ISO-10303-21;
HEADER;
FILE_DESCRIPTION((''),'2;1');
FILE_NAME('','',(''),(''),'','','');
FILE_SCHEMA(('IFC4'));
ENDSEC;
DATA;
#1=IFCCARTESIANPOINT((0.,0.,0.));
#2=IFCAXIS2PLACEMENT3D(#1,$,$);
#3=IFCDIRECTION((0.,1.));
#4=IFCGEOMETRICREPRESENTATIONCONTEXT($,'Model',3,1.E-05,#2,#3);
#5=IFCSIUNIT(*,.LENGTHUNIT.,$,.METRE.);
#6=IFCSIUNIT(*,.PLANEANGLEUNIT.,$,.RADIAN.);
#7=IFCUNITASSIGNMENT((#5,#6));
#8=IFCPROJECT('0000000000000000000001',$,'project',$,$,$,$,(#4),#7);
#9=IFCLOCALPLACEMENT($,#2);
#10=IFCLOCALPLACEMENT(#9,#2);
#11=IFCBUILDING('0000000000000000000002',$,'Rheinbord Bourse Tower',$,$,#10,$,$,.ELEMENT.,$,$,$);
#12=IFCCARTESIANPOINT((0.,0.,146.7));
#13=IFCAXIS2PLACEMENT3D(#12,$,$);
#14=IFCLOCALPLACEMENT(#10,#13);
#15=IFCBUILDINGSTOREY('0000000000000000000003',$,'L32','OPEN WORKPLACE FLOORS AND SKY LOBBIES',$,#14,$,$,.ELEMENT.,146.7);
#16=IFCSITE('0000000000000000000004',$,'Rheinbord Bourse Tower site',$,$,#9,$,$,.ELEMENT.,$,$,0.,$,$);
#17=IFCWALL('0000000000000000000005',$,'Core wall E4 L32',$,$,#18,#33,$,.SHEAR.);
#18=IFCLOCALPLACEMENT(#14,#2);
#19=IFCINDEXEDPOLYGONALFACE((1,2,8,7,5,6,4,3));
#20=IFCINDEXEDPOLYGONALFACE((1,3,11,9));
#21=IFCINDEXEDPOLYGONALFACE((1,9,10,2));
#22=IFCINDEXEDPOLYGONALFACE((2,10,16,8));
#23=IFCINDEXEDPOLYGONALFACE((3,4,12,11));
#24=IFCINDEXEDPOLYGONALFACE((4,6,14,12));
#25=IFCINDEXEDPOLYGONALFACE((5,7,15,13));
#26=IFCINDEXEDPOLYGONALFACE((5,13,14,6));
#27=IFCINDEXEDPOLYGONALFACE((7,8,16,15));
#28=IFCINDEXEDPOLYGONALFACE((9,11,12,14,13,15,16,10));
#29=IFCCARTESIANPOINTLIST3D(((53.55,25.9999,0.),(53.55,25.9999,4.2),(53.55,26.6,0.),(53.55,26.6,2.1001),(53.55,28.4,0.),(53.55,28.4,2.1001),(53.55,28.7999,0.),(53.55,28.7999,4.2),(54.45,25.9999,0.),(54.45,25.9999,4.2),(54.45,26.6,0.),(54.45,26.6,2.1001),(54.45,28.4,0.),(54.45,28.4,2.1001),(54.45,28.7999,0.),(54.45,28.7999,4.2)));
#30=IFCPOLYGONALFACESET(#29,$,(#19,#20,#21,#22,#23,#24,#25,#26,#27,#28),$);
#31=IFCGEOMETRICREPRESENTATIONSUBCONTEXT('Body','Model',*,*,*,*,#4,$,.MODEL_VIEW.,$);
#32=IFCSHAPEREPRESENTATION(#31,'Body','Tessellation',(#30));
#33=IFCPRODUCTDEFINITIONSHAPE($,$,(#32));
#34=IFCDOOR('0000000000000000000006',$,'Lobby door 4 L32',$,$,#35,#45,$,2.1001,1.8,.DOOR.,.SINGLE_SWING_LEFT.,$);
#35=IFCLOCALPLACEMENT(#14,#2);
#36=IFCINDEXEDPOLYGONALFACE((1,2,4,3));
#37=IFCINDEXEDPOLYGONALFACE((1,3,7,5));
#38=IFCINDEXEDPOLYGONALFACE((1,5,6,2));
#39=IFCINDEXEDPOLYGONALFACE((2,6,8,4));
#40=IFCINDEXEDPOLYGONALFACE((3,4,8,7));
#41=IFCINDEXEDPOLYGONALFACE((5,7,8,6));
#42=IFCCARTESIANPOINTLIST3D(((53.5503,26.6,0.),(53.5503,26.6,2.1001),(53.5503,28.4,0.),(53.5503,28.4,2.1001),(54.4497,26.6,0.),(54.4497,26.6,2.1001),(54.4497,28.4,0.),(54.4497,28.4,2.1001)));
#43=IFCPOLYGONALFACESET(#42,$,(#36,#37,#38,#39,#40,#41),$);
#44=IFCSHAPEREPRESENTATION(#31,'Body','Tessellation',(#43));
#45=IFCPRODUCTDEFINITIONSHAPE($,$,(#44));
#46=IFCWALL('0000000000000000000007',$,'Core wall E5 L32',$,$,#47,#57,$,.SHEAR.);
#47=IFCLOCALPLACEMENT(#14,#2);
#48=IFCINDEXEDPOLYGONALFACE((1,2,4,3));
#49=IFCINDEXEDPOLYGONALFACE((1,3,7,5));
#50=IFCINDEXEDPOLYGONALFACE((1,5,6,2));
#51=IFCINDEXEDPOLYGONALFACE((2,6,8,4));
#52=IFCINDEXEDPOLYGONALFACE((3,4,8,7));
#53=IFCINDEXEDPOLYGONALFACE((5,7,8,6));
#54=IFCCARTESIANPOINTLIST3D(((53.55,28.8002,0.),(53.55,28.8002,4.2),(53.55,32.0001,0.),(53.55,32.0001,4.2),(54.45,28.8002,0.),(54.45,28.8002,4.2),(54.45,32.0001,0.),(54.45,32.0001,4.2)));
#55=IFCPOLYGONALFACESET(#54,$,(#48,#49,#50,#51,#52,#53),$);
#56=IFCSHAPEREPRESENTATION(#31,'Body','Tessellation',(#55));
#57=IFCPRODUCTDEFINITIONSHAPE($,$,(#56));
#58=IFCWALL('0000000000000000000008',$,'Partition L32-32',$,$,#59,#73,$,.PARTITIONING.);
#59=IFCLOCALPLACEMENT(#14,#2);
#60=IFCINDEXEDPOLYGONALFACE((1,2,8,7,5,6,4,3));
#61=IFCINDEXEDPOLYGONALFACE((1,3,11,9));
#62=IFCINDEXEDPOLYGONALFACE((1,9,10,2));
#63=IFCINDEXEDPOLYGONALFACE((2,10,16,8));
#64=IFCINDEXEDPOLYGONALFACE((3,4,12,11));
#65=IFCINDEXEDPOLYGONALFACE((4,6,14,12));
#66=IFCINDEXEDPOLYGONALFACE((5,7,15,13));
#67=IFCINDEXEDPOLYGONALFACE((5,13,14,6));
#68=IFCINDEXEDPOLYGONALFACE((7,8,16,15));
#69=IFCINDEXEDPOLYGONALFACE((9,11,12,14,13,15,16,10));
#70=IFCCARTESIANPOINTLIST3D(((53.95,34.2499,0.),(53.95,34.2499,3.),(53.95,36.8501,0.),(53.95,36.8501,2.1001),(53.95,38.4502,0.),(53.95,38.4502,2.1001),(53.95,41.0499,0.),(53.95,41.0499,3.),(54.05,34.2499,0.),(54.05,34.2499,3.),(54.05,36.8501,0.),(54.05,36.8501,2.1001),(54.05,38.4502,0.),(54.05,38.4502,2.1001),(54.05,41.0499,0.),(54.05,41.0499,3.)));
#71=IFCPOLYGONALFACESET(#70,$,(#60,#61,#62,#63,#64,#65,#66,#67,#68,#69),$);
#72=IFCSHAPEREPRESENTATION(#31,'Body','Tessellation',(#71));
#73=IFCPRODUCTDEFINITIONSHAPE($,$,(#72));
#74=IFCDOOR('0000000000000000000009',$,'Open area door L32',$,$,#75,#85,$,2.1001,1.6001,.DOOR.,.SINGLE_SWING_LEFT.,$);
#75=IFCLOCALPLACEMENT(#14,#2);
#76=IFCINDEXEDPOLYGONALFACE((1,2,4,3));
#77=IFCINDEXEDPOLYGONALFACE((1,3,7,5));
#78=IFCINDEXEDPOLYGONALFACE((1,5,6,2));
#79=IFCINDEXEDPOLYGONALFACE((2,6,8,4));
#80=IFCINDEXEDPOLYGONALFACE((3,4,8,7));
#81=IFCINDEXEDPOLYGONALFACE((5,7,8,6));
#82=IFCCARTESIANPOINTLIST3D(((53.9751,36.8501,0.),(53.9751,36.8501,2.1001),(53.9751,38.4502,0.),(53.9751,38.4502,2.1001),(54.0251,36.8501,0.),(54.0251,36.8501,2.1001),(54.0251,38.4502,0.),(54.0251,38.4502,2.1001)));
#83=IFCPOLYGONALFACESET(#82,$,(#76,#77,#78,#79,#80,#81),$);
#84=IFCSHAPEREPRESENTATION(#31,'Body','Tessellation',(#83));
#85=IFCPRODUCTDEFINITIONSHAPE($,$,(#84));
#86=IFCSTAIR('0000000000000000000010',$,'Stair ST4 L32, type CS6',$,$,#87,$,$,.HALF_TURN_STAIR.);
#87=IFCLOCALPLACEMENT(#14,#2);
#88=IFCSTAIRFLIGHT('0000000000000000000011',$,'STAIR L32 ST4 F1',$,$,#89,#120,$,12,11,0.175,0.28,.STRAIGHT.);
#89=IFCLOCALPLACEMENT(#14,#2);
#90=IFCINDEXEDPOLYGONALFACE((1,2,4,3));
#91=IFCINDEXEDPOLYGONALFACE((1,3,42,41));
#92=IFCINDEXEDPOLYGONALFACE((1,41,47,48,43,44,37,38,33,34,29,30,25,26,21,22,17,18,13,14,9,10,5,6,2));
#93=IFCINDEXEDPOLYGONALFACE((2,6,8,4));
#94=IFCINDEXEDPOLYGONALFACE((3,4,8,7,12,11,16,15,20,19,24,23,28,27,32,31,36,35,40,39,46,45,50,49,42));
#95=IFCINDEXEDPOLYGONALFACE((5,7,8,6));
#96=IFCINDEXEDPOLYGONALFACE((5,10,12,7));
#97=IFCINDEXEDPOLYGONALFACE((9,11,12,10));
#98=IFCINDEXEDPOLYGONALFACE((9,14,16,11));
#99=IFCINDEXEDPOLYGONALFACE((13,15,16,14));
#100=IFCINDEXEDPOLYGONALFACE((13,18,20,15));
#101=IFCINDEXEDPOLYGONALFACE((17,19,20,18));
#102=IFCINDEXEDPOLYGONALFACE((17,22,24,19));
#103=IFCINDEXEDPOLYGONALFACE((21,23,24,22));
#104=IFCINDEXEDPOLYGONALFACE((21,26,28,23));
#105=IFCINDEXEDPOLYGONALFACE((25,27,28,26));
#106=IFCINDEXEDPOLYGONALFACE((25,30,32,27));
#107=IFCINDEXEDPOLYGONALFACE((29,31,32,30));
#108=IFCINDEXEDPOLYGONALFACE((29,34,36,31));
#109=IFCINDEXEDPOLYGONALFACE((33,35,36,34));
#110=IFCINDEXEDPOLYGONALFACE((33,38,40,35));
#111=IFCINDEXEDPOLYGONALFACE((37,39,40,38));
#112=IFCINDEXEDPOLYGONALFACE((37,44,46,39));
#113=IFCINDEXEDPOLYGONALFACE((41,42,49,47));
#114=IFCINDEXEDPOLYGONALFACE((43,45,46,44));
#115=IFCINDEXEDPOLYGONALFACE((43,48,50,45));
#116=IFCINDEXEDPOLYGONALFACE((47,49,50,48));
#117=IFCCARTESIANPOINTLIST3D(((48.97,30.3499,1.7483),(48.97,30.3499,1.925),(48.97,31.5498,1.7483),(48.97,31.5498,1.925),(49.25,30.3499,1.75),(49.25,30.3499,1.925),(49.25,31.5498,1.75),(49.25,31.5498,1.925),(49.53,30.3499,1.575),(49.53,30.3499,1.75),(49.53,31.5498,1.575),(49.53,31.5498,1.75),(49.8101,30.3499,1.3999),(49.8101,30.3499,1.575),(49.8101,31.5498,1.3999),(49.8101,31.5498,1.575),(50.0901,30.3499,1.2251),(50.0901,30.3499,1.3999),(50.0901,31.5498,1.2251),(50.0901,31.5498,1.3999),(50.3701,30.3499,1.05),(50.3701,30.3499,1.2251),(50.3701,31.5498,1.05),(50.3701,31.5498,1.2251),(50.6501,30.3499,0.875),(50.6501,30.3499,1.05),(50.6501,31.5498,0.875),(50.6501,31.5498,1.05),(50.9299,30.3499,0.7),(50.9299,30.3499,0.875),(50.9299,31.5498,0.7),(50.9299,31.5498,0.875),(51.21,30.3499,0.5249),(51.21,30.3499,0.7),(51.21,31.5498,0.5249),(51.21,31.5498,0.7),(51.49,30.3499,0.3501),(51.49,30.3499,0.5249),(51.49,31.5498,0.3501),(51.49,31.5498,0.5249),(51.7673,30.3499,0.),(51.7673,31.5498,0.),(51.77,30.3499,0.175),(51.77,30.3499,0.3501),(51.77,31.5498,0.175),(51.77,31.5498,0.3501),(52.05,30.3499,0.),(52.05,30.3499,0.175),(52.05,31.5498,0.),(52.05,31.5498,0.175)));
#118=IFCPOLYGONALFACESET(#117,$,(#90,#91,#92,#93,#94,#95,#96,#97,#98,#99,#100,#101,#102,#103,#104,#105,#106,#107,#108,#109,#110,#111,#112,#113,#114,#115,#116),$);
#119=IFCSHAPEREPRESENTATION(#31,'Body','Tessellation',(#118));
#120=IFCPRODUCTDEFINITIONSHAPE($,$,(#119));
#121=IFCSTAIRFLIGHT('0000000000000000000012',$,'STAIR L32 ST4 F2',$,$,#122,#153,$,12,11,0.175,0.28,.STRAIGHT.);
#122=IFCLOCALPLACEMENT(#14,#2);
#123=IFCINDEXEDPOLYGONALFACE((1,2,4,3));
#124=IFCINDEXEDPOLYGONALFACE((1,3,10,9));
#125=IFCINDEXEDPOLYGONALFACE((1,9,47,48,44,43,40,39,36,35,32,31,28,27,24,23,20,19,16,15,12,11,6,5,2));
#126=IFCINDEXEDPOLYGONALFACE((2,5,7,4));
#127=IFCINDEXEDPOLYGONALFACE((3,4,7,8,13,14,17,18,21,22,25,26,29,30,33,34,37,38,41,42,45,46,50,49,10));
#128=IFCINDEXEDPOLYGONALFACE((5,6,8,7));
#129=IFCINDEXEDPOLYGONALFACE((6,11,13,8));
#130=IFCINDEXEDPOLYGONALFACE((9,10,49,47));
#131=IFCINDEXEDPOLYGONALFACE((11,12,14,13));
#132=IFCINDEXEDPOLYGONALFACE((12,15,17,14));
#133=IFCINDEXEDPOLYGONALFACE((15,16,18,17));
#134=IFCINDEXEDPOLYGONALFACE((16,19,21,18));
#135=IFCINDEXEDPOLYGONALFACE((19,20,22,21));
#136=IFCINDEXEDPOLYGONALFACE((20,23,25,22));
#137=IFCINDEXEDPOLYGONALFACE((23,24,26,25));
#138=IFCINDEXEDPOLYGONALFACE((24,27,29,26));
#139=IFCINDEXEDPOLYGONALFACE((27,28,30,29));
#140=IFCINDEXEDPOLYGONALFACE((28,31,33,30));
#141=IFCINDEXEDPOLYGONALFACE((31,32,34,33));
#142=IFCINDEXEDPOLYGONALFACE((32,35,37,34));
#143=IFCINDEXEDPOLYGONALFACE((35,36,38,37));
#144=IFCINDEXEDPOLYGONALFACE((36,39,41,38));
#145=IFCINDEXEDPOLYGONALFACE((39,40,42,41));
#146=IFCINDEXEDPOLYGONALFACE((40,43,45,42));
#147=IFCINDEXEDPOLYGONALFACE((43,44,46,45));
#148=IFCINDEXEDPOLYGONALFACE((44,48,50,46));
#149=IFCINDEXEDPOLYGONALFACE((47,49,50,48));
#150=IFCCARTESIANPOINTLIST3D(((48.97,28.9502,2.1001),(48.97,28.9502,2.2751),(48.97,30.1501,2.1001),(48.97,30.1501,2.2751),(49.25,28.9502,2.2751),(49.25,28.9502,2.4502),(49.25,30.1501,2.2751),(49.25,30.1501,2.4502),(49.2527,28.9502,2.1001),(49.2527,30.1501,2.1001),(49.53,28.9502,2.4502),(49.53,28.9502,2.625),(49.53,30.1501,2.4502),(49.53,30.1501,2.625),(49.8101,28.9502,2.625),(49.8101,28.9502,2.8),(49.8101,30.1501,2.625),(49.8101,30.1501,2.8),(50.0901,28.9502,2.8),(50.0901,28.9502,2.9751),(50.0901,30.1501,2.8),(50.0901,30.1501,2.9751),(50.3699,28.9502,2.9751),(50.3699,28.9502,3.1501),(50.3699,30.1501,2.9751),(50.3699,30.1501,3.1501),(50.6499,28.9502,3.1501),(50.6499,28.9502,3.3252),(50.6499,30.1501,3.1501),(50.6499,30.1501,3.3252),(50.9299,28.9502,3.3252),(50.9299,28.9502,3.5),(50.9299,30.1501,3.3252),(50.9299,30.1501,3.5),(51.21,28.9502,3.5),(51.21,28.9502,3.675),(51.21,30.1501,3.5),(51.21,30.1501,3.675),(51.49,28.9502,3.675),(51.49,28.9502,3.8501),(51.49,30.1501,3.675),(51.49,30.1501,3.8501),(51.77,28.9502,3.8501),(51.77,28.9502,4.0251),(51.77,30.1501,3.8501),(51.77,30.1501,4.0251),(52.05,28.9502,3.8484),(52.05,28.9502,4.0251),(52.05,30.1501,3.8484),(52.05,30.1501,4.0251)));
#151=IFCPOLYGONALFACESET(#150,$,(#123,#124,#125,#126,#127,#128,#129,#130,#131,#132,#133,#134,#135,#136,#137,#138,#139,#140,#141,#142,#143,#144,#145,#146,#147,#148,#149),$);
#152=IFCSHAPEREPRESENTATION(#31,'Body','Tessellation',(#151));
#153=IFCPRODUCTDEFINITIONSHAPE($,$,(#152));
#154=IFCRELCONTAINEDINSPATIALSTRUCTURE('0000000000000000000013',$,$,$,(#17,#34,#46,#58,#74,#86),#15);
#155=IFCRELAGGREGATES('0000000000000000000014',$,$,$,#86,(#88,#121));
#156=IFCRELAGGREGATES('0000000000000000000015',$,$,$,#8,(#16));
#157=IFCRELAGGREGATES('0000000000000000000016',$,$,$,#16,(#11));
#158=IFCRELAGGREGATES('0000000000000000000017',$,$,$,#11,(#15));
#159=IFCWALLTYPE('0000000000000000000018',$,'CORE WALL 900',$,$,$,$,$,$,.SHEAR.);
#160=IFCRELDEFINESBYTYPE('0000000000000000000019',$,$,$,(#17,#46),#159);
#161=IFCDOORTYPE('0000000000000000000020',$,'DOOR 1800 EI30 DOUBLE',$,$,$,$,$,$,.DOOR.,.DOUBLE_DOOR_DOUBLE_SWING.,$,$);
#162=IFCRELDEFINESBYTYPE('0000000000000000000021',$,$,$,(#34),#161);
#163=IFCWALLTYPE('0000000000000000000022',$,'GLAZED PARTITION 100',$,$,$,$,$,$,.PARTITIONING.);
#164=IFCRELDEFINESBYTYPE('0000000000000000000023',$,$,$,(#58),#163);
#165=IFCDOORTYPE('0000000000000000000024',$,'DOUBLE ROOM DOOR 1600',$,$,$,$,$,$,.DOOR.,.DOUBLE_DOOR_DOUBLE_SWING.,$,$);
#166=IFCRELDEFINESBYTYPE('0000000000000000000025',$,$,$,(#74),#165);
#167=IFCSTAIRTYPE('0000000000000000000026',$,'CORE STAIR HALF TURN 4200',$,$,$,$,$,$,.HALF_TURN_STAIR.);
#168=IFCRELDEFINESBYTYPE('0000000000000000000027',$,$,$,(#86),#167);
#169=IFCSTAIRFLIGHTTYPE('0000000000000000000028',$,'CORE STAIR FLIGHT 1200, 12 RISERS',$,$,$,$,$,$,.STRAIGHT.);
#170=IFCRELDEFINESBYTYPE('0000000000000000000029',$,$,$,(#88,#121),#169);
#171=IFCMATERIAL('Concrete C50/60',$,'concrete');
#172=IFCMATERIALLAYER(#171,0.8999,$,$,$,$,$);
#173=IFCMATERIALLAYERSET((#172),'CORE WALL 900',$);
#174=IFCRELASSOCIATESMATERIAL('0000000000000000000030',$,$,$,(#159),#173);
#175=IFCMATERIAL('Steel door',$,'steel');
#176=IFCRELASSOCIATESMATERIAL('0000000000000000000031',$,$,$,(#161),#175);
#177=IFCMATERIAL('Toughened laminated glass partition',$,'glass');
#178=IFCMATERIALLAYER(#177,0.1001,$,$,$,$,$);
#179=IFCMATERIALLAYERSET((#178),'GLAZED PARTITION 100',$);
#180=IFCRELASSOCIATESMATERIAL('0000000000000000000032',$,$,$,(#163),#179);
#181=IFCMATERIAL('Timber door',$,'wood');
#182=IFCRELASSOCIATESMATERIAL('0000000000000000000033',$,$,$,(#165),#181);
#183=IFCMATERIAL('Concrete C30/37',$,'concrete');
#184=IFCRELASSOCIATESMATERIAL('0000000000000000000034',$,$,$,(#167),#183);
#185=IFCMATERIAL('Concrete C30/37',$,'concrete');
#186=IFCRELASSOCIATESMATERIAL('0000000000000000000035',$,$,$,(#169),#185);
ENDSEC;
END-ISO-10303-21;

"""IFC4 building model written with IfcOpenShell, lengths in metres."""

from ifc_helpers import new_model, si_unit, direction, frame, frame_2d, origin, place, context, subcontext, project, spatial, polyline, rectangle, outline, extrude, material, layer, layer_set, type_object, element, fill, aggregate, save


model = new_model("IFC4")

# Units and contexts
model_context = context("Model", 3, precision=1e-05, world=origin(), true_north=direction((0.0, 1.0)))
body_context = subcontext(model_context, "Body", "Model", "MODEL_VIEW")
ifc_project = project(units=[si_unit("LENGTHUNIT", "METRE"), si_unit("PLANEANGLEUNIT", "RADIAN")], contexts=[model_context])

# Site, building, storey
site_placement = place(None, origin())
site = spatial("IfcSite", under=ifc_project, at=site_placement, Name="Rheinbord Bourse Tower site", CompositionType="ELEMENT", RefElevation=0.0)
building_placement = place(site_placement, origin())
building = spatial("IfcBuilding", under=site, at=building_placement, Name="Rheinbord Bourse Tower", CompositionType="ELEMENT")
storey_placement = place(building_placement, frame((0.0, 0.0, 146.7)))
storey = spatial("IfcBuildingStorey", under=building, at=storey_placement, Name="L32", Description="OPEN WORKPLACE FLOORS AND SKY LOBBIES", CompositionType="ELEMENT", Elevation=146.7)

# Shared definitions
ifc_material_1 = material(Name="Concrete C50/60", Category="concrete")
ifc_layer_1 = layer(ifc_material_1, 0.8999)
ifc_layer_set_1 = layer_set([ifc_layer_1], Name="CORE WALL 900")
wall_type_1 = type_object("IfcWallType", Name="CORE WALL 900", PredefinedType="SHEAR", material=ifc_layer_set_1)

# Wall, opening, door
wall_1_placement = place(storey_placement, frame((54.0, 26.0, 0.0), z_axis=(0.0, 0.0, 1.0), x_axis=(0.0, 1.0, 0.0)))
wall_1 = element("IfcWall", 1, at=wall_1_placement, inside=storey, type_object=wall_type_1, Name="Core wall E4 L32", PredefinedType="SHEAR", context=body_context, shape_type="SweptSolid", body=[
    extrude(rectangle(XDim=2.8, YDim=0.8999, at=frame_2d((1.3999, 0.0))), origin(), (0.0, 0.0, 1.0), 4.2),
])
opening_1_placement = place(wall_1_placement, frame((0.6001, 0.0, 0.0)))
opening_1 = element("IfcOpeningElement", 2, at=opening_1_placement, cuts=wall_1, PredefinedType="OPENING", context=body_context, shape_type="SweptSolid", body=[
    extrude(rectangle(XDim=1.8, YDim=2.1001, at=frame_2d((0.8999, 1.05))), frame((0.0, 0.46, 0.0), z_axis=(0.0, -1.0, 0.0), x_axis=(1.0, 0.0, 0.0)), (0.0, 0.0, 1.0), 0.9199),
])
ifc_material_2 = material(Name="Steel door", Category="steel")
door_type_1 = type_object("IfcDoorType", Name="DOOR 1800 EI30 DOUBLE", OperationType="DOUBLE_DOOR_DOUBLE_SWING", PredefinedType="DOOR", material=ifc_material_2)
door_1_placement = place(opening_1_placement, origin())
door_1 = element("IfcDoor", 3, at=door_1_placement, inside=storey, type_object=door_type_1, Name="Lobby door 4 L32", OperationType="SINGLE_SWING_LEFT", OverallHeight=2.1001, OverallWidth=1.8, PredefinedType="DOOR", context=body_context, shape_type="SweptSolid", body=[
    extrude(rectangle(XDim=1.8, YDim=2.1001, at=frame_2d((0.8999, 1.05))), frame((0.0, 0.4497, 0.0), z_axis=(0.0, -1.0, 0.0), x_axis=(1.0, 0.0, 0.0)), (0.0, 0.0, 1.0), 0.8994),
])
fill(opening_1, door_1)

# Wall
wall_2_placement = place(storey_placement, frame((54.0, 28.8, 0.0), z_axis=(0.0, 0.0, 1.0), x_axis=(0.0, 1.0, 0.0)))
element("IfcWall", 4, at=wall_2_placement, inside=storey, type_object=wall_type_1, Name="Core wall E5 L32", PredefinedType="SHEAR", context=body_context, shape_type="SweptSolid", body=[
    extrude(rectangle(XDim=3.2, YDim=0.8999, at=frame_2d((1.6001, 0.0))), origin(), (0.0, 0.0, 1.0), 4.2),
])

# Wall, opening, door
ifc_material_3 = material(Name="Toughened laminated glass partition", Category="glass")
ifc_layer_2 = layer(ifc_material_3, 0.1001)
ifc_layer_set_2 = layer_set([ifc_layer_2], Name="GLAZED PARTITION 100")
wall_type_2 = type_object("IfcWallType", Name="GLAZED PARTITION 100", PredefinedType="PARTITIONING", material=ifc_layer_set_2)
wall_3_placement = place(storey_placement, frame((54.0, 34.25, 0.0), z_axis=(0.0, 0.0, 1.0), x_axis=(0.0, 1.0, 0.0)))
wall_3 = element("IfcWall", 5, at=wall_3_placement, inside=storey, type_object=wall_type_2, Name="Partition L32-32", PredefinedType="PARTITIONING", context=body_context, shape_type="SweptSolid", body=[
    extrude(rectangle(XDim=6.8, YDim=0.1001, at=frame_2d((3.3999, 0.0))), origin(), (0.0, 0.0, 1.0), 3.0),
])
opening_2_placement = place(wall_3_placement, frame((2.6001, 0.0, 0.0)))
opening_2 = element("IfcOpeningElement", 6, at=opening_2_placement, cuts=wall_3, PredefinedType="OPENING", context=body_context, shape_type="SweptSolid", body=[
    extrude(rectangle(XDim=1.6001, YDim=2.1001, at=frame_2d((0.8, 1.05))), frame((0.0, 0.0601, 0.0), z_axis=(0.0, -1.0, 0.0), x_axis=(1.0, 0.0, 0.0)), (0.0, 0.0, 1.0), 0.1201),
])
ifc_material_4 = material(Name="Timber door", Category="wood")
door_type_2 = type_object("IfcDoorType", Name="DOUBLE ROOM DOOR 1600", OperationType="DOUBLE_DOOR_DOUBLE_SWING", PredefinedType="DOOR", material=ifc_material_4)
door_2_placement = place(opening_2_placement, origin())
door_2 = element("IfcDoor", 7, at=door_2_placement, inside=storey, type_object=door_type_2, Name="Open area door L32", OperationType="SINGLE_SWING_LEFT", OverallHeight=2.1001, OverallWidth=1.6001, PredefinedType="DOOR", context=body_context, shape_type="SweptSolid", body=[
    extrude(rectangle(XDim=1.6001, YDim=2.1001, at=frame_2d((0.8, 1.05))), frame((0.0, 0.0249, 0.0), z_axis=(0.0, -1.0, 0.0), x_axis=(1.0, 0.0, 0.0)), (0.0, 0.0, 1.0), 0.05),
])
fill(opening_2, door_2)

# Stair, stair flights
ifc_material_5 = material(Name="Concrete C30/37", Category="concrete")
stair_type = type_object("IfcStairType", Name="CORE STAIR HALF TURN 4200", PredefinedType="HALF_TURN_STAIR", material=ifc_material_5)
stair_placement = place(storey_placement, origin())
stair = element("IfcStair", 8, at=stair_placement, inside=storey, type_object=stair_type, Name="Stair ST4 L32, type CS6", PredefinedType="HALF_TURN_STAIR")
ifc_material_6 = material(Name="Concrete C30/37", Category="concrete")
stair_flight_type = type_object("IfcStairFlightType", Name="CORE STAIR FLIGHT 1200, 12 RISERS", PredefinedType="STRAIGHT", material=ifc_material_6)
stair_flight_1_placement = place(storey_placement, frame((52.05, 30.95, 0.0), z_axis=(0.0, 0.0, 1.0), x_axis=(-1.0, 0.0, 0.0)))
stair_flight_1 = element("IfcStairFlight", 9, at=stair_flight_1_placement, type_object=stair_flight_type, Name="STAIR L32 ST4 F1", NumberOfRisers=12, NumberOfTreads=11, PredefinedType="STRAIGHT", RiserHeight=0.175, TreadLength=0.28, context=body_context, shape_type="SweptSolid", body=[
    extrude(outline(polyline([(0.0, 0.0), (0.0, 0.175), (0.28, 0.175), (0.28, 0.3501), (0.5601, 0.3501), (0.5601, 0.5249), (0.8401, 0.5249), (0.8401, 0.7), (1.1201, 0.7), (1.1201, 0.875), (1.3999, 0.875), (1.3999, 1.05), (1.6799, 1.05), (1.6799, 1.2251), (1.96, 1.2251), (1.96, 1.3999), (2.24, 1.3999), (2.24, 1.575), (2.52, 1.575), (2.52, 1.75), (2.8, 1.75), (2.8, 1.925), (3.0801, 1.925), (3.0801, 2.1001), (3.0801, 1.7483), (0.2827, 0.0), (0.0, 0.0)])), frame((0.0, 0.6001, 0.0), z_axis=(0.0, -1.0, 0.0), x_axis=(1.0, 0.0, 0.0)), (0.0, 0.0, 1.0), 1.2),
])
stair_flight_2_placement = place(storey_placement, frame((48.97, 29.55, 2.1001), z_axis=(0.0, 0.0, 1.0), x_axis=(1.0, 0.0, 0.0)))
stair_flight_2 = element("IfcStairFlight", 10, at=stair_flight_2_placement, type_object=stair_flight_type, Name="STAIR L32 ST4 F2", NumberOfRisers=12, NumberOfTreads=11, PredefinedType="STRAIGHT", RiserHeight=0.175, TreadLength=0.28, context=body_context, shape_type="SweptSolid", body=[
    extrude(outline(polyline([(0.0, 0.0), (0.0, 0.175), (0.28, 0.175), (0.28, 0.3501), (0.5601, 0.3501), (0.5601, 0.5249), (0.8401, 0.5249), (0.8401, 0.7), (1.1201, 0.7), (1.1201, 0.875), (1.3999, 0.875), (1.3999, 1.05), (1.6799, 1.05), (1.6799, 1.2251), (1.96, 1.2251), (1.96, 1.3999), (2.24, 1.3999), (2.24, 1.575), (2.52, 1.575), (2.52, 1.75), (2.8, 1.75), (2.8, 1.925), (3.0801, 1.925), (3.0801, 2.1001), (3.0801, 1.7483), (0.2827, 0.0), (0.0, 0.0)])), frame((0.0, 0.6001, 0.0), z_axis=(0.0, -1.0, 0.0), x_axis=(1.0, 0.0, 0.0)), (0.0, 0.0, 1.0), 1.2),
])
aggregate(stair, [stair_flight_1, stair_flight_2])

save(model, "model.ifc")
